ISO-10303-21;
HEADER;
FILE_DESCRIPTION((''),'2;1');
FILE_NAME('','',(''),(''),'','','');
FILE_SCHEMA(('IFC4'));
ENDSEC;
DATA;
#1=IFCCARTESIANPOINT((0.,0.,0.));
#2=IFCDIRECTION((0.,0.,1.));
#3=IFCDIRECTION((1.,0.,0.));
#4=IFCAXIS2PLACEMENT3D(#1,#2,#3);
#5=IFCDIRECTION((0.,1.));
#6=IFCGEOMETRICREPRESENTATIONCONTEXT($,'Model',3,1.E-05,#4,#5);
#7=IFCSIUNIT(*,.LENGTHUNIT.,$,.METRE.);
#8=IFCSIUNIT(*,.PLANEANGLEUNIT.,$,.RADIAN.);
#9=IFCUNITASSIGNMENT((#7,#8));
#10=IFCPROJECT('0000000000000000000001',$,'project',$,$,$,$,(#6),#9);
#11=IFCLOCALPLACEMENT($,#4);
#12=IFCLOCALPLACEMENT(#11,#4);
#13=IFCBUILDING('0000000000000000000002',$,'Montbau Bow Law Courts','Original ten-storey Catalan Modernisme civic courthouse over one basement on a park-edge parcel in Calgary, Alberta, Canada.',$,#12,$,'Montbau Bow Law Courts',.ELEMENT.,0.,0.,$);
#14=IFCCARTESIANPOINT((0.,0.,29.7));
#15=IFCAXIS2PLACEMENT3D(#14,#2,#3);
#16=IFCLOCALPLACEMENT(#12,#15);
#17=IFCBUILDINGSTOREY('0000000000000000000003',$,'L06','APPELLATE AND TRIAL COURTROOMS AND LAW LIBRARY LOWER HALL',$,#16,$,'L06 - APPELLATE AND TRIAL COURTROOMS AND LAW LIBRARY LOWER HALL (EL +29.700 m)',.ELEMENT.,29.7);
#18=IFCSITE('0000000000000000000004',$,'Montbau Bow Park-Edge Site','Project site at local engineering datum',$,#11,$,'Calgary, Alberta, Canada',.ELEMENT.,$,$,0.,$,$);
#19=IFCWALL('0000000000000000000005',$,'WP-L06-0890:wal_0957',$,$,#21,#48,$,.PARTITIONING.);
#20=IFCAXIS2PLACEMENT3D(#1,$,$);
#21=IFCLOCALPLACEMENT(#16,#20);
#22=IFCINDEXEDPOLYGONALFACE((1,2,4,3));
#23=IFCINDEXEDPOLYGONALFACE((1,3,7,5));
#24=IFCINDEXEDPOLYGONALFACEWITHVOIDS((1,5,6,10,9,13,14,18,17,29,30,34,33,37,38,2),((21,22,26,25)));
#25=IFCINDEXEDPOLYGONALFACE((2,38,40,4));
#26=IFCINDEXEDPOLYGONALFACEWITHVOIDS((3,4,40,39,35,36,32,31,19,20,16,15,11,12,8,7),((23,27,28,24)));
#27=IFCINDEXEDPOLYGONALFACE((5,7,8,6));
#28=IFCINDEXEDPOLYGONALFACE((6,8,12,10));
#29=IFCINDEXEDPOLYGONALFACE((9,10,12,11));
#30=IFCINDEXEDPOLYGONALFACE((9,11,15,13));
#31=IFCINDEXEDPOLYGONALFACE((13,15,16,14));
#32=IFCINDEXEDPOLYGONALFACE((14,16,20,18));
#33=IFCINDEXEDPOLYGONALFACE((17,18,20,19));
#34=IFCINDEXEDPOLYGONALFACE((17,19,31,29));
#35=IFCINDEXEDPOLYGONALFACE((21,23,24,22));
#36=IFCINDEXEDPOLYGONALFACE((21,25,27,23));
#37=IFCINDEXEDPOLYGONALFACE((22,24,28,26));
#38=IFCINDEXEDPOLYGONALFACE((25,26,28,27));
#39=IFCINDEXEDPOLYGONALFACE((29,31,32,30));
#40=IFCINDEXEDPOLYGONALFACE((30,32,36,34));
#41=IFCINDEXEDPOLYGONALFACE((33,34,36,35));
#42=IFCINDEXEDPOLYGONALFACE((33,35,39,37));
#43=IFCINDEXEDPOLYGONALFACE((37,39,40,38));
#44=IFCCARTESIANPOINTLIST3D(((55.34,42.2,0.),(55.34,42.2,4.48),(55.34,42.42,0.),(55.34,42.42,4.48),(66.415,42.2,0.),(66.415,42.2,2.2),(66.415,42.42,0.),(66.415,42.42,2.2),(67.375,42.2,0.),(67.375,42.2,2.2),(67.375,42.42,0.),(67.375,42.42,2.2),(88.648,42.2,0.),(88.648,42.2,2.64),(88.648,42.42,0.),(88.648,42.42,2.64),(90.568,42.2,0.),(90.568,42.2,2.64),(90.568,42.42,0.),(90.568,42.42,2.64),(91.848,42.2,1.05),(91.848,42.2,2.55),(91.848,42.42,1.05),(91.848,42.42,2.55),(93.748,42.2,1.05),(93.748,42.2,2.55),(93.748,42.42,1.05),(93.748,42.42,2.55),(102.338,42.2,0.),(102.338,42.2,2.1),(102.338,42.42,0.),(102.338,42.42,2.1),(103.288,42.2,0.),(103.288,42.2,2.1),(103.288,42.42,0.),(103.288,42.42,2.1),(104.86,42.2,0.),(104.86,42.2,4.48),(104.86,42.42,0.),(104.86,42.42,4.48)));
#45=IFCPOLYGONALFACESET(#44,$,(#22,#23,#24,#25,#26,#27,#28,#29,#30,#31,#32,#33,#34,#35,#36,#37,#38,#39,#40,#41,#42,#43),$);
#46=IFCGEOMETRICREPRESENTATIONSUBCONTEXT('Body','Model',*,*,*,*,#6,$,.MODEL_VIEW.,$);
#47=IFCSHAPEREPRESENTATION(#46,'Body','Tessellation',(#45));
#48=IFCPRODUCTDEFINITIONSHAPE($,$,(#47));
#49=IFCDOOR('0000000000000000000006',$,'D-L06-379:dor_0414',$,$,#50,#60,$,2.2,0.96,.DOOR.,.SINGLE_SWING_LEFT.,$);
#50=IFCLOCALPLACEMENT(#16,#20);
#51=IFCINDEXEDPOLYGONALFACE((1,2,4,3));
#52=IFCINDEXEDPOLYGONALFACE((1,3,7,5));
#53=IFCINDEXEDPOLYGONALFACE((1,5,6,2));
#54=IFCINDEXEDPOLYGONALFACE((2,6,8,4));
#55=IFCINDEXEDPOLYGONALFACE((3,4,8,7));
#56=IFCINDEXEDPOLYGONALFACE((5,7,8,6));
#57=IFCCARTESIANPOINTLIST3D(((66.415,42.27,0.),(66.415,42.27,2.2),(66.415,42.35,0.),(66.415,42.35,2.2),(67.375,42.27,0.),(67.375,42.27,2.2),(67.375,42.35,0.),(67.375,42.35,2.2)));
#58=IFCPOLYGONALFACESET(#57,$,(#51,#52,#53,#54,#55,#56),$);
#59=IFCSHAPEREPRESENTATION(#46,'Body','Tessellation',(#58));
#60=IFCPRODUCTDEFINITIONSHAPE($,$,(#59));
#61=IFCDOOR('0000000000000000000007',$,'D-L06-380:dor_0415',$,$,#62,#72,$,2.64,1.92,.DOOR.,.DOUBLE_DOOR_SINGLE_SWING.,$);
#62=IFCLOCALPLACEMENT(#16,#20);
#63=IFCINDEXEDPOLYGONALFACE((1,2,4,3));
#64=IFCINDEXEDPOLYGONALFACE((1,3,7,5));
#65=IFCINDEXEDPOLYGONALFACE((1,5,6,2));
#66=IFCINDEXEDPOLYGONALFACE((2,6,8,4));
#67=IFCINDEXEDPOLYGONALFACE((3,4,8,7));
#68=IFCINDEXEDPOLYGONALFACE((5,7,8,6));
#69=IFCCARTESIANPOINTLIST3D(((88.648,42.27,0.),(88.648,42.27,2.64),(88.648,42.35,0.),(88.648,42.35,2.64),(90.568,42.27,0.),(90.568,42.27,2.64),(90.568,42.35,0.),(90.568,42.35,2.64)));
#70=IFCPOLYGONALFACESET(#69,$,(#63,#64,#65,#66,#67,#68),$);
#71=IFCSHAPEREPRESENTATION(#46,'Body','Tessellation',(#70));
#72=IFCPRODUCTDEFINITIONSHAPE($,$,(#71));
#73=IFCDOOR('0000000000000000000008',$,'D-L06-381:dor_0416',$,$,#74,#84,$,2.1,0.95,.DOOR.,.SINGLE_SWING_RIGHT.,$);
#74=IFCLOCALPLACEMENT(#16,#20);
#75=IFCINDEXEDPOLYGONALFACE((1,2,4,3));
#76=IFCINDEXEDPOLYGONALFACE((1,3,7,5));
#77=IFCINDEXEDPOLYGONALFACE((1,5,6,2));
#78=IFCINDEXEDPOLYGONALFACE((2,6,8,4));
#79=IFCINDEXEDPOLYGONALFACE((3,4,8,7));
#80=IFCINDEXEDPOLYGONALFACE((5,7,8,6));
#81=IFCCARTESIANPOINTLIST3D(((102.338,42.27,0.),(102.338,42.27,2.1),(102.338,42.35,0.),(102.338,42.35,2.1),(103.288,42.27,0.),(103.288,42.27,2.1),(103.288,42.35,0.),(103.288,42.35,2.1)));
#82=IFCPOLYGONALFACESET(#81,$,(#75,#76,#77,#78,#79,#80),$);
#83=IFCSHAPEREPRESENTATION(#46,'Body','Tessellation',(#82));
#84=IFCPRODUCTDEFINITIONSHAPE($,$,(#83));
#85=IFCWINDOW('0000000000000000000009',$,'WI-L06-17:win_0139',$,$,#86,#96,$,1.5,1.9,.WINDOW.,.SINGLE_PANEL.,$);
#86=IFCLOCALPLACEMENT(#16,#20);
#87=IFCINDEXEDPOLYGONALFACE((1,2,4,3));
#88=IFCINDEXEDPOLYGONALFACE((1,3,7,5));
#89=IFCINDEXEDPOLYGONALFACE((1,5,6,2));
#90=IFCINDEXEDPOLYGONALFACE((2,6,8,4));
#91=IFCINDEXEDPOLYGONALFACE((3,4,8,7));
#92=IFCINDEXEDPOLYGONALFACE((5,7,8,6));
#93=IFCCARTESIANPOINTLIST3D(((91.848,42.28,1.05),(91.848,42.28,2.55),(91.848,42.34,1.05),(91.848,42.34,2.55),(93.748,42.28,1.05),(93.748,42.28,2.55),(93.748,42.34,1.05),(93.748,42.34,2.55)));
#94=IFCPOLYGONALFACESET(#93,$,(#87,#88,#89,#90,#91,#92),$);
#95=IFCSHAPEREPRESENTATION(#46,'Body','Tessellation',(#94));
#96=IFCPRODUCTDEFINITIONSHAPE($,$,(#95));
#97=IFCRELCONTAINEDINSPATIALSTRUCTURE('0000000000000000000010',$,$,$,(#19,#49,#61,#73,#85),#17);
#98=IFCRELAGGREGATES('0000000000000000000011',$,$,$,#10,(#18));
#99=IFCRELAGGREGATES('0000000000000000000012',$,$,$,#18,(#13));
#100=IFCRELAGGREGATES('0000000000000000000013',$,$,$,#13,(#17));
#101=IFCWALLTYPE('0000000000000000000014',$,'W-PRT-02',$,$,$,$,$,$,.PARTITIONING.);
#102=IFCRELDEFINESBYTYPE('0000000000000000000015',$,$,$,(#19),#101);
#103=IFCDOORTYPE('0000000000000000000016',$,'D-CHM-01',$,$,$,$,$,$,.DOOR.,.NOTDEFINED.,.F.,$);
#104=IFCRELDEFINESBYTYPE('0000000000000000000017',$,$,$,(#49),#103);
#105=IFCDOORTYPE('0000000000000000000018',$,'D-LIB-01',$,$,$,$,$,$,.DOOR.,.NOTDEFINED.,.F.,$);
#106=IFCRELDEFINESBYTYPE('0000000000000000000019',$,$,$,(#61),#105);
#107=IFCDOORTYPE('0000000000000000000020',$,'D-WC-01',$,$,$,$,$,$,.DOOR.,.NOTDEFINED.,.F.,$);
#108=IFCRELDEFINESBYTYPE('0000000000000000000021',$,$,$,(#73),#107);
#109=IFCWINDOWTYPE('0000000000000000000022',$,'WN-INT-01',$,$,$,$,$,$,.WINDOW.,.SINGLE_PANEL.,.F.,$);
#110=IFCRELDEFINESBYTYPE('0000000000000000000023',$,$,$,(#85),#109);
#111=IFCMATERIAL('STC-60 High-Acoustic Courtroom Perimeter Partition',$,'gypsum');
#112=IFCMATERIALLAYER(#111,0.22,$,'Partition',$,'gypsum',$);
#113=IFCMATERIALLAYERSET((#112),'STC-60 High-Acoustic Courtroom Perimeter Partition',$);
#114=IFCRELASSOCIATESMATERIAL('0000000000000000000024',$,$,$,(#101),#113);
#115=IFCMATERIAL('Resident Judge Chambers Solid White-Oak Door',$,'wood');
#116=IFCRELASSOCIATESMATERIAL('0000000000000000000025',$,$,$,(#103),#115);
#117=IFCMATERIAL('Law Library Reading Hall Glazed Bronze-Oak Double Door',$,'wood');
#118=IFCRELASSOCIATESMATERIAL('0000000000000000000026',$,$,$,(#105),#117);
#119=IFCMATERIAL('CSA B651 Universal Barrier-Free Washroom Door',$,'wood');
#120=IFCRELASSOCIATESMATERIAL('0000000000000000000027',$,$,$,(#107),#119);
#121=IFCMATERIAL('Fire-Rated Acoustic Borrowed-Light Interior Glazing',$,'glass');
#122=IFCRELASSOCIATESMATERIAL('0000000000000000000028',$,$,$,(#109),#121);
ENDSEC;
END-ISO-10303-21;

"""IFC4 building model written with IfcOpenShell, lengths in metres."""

from ifc_helpers import new_model, si_unit, direction, frame, frame_2d, origin_with_axes, place, context, subcontext, project, spatial, rectangle, extrude, material, layer, layer_set, type_object, element, fill, save


model = new_model("IFC4")

# Units and contexts
model_context = context("Model", 3, precision=1e-05, world=origin_with_axes(), true_north=direction((0.0, 1.0)))
body_context = subcontext(model_context, "Body", "Model", "MODEL_VIEW")
ifc_project = project(units=[si_unit("LENGTHUNIT", "METRE"), si_unit("PLANEANGLEUNIT", "RADIAN")], contexts=[model_context])

# Site, building, storey
site_placement = place(None, origin_with_axes())
site = spatial("IfcSite", under=ifc_project, at=site_placement, Name="Montbau Bow Park-Edge Site", Description="Project site at local engineering datum", LongName="Calgary, Alberta, Canada", CompositionType="ELEMENT", RefElevation=0.0)
building_placement = place(site_placement, origin_with_axes())
building = spatial("IfcBuilding", under=site, at=building_placement, Name="Montbau Bow Law Courts", Description="Original ten-storey Catalan Modernisme civic courthouse over one basement on a park-edge parcel in Calgary, Alberta, Canada.", LongName="Montbau Bow Law Courts", CompositionType="ELEMENT", ElevationOfRefHeight=0.0, ElevationOfTerrain=0.0)
storey_placement = place(building_placement, frame((0.0, 0.0, 29.7), z_axis=(0.0, 0.0, 1.0), x_axis=(1.0, 0.0, 0.0)))
storey = spatial("IfcBuildingStorey", under=building, at=storey_placement, Name="L06", Description="APPELLATE AND TRIAL COURTROOMS AND LAW LIBRARY LOWER HALL", LongName="L06 - APPELLATE AND TRIAL COURTROOMS AND LAW LIBRARY LOWER HALL (EL +29.700 m)", CompositionType="ELEMENT", Elevation=29.7)

# Wall, openings, doors, window
ifc_material_1 = material(Name="STC-60 High-Acoustic Courtroom Perimeter Partition", Category="gypsum")
ifc_layer_1 = layer(ifc_material_1, 0.22, Name="Partition", Category="gypsum")
ifc_layer_set_1 = layer_set([ifc_layer_1], Name="STC-60 High-Acoustic Courtroom Perimeter Partition")
wall_type = type_object("IfcWallType", Name="W-PRT-02", PredefinedType="PARTITIONING", material=ifc_layer_set_1)
wall_placement = place(None, frame((55.34, 42.31, 29.7), z_axis=(0.0, 0.0, 1.0), x_axis=(1.0, 0.0, 0.0)))
wall = element("IfcWall", 1, at=wall_placement, inside=storey, type_object=wall_type, Name="WP-L06-0890:wal_0957", PredefinedType="PARTITIONING", context=body_context, shape_type="SweptSolid", body=[
    extrude(rectangle(XDim=49.52, YDim=0.22, at=frame_2d((24.76, 0.0), x_axis=(1.0, 0.0))), origin_with_axes(), (0.0, 0.0, 1.0), 4.48),
])
opening_1_placement = place(None, frame((66.895, 42.31, 29.7), z_axis=(0.0, 0.0, 1.0), x_axis=(1.0, 0.0, 0.0)))
opening_1 = element("IfcOpeningElement", 2, at=opening_1_placement, cuts=wall, PredefinedType="OPENING", context=body_context, shape_type="SweptSolid", body=[
    extrude(rectangle(XDim=0.96, YDim=2.2, at=frame_2d((0.0, 1.1), x_axis=(1.0, 0.0))), frame((0.0, 0.12, 0.0), z_axis=(0.0, -1.0, 0.0), x_axis=(1.0, 0.0, 0.0)), (0.0, 0.0, 1.0), 0.24),
])
opening_2_placement = place(None, frame((89.608, 42.31, 29.7), z_axis=(0.0, 0.0, 1.0), x_axis=(1.0, 0.0, 0.0)))
opening_2 = element("IfcOpeningElement", 3, at=opening_2_placement, cuts=wall, PredefinedType="OPENING", context=body_context, shape_type="SweptSolid", body=[
    extrude(rectangle(XDim=1.92, YDim=2.64, at=frame_2d((0.0, 1.32), x_axis=(1.0, 0.0))), frame((0.0, 0.12, 0.0), z_axis=(0.0, -1.0, 0.0), x_axis=(1.0, 0.0, 0.0)), (0.0, 0.0, 1.0), 0.24),
])
opening_3_placement = place(None, frame((102.813, 42.31, 29.7), z_axis=(0.0, 0.0, 1.0), x_axis=(1.0, 0.0, 0.0)))
opening_3 = element("IfcOpeningElement", 4, at=opening_3_placement, cuts=wall, PredefinedType="OPENING", context=body_context, shape_type="SweptSolid", body=[
    extrude(rectangle(XDim=0.95, YDim=2.1, at=frame_2d((0.0, 1.05), x_axis=(1.0, 0.0))), frame((0.0, 0.12, 0.0), z_axis=(0.0, -1.0, 0.0), x_axis=(1.0, 0.0, 0.0)), (0.0, 0.0, 1.0), 0.24),
])
opening_4_placement = place(None, frame((92.798, 42.31, 30.75), z_axis=(0.0, 0.0, 1.0), x_axis=(1.0, 0.0, 0.0)))
opening_4 = element("IfcOpeningElement", 5, at=opening_4_placement, cuts=wall, PredefinedType="OPENING", context=body_context, shape_type="SweptSolid", body=[
    extrude(rectangle(XDim=1.9, YDim=1.5, at=frame_2d((0.0, 0.75), x_axis=(1.0, 0.0))), frame((0.0, 0.12, 0.0), z_axis=(0.0, -1.0, 0.0), x_axis=(1.0, 0.0, 0.0)), (0.0, 0.0, 1.0), 0.24),
])
ifc_material_2 = material(Name="Resident Judge Chambers Solid White-Oak Door", Category="wood")
door_type_1 = type_object("IfcDoorType", Name="D-CHM-01", OperationType="NOTDEFINED", ParameterTakesPrecedence=False, PredefinedType="DOOR", material=ifc_material_2)
door_1_placement = place(None, frame((66.895, 42.31, 29.7), z_axis=(0.0, 0.0, 1.0), x_axis=(1.0, 0.0, 0.0)))
door_1 = element("IfcDoor", 6, at=door_1_placement, inside=storey, type_object=door_type_1, Name="D-L06-379:dor_0414", OperationType="SINGLE_SWING_LEFT", OverallHeight=2.2, OverallWidth=0.96, PredefinedType="DOOR", context=body_context, shape_type="SweptSolid", body=[
    extrude(rectangle(XDim=0.96, YDim=2.2, at=frame_2d((0.0, 1.1), x_axis=(1.0, 0.0))), frame((0.0, 0.04, 0.0), z_axis=(0.0, -1.0, 0.0), x_axis=(1.0, 0.0, 0.0)), (0.0, 0.0, 1.0), 0.08),
])
fill(opening_1, door_1)
ifc_material_3 = material(Name="Law Library Reading Hall Glazed Bronze-Oak Double Door", Category="wood")
door_type_2 = type_object("IfcDoorType", Name="D-LIB-01", OperationType="NOTDEFINED", ParameterTakesPrecedence=False, PredefinedType="DOOR", material=ifc_material_3)
door_2_placement = place(None, frame((89.608, 42.31, 29.7), z_axis=(0.0, 0.0, 1.0), x_axis=(1.0, 0.0, 0.0)))
door_2 = element("IfcDoor", 7, at=door_2_placement, inside=storey, type_object=door_type_2, Name="D-L06-380:dor_0415", OperationType="DOUBLE_DOOR_SINGLE_SWING", OverallHeight=2.64, OverallWidth=1.92, PredefinedType="DOOR", context=body_context, shape_type="SweptSolid", body=[
    extrude(rectangle(XDim=1.92, YDim=2.64, at=frame_2d((0.0, 1.32), x_axis=(1.0, 0.0))), frame((0.0, 0.04, 0.0), z_axis=(0.0, -1.0, 0.0), x_axis=(1.0, 0.0, 0.0)), (0.0, 0.0, 1.0), 0.08),
])
fill(opening_2, door_2)
ifc_material_4 = material(Name="CSA B651 Universal Barrier-Free Washroom Door", Category="wood")
door_type_3 = type_object("IfcDoorType", Name="D-WC-01", OperationType="NOTDEFINED", ParameterTakesPrecedence=False, PredefinedType="DOOR", material=ifc_material_4)
door_3_placement = place(None, frame((102.813, 42.31, 29.7), z_axis=(0.0, 0.0, 1.0), x_axis=(1.0, 0.0, 0.0)))
door_3 = element("IfcDoor", 8, at=door_3_placement, inside=storey, type_object=door_type_3, Name="D-L06-381:dor_0416", OperationType="SINGLE_SWING_RIGHT", OverallHeight=2.1, OverallWidth=0.95, PredefinedType="DOOR", context=body_context, shape_type="SweptSolid", body=[
    extrude(rectangle(XDim=0.95, YDim=2.1, at=frame_2d((0.0, 1.05), x_axis=(1.0, 0.0))), frame((0.0, 0.04, 0.0), z_axis=(0.0, -1.0, 0.0), x_axis=(1.0, 0.0, 0.0)), (0.0, 0.0, 1.0), 0.08),
])
fill(opening_3, door_3)
ifc_material_5 = material(Name="Fire-Rated Acoustic Borrowed-Light Interior Glazing", Category="glass")
window_type = type_object("IfcWindowType", Name="WN-INT-01", ParameterTakesPrecedence=False, PartitioningType="SINGLE_PANEL", PredefinedType="WINDOW", material=ifc_material_5)
window_placement = place(None, frame((92.798, 42.31, 30.75), z_axis=(0.0, 0.0, 1.0), x_axis=(1.0, 0.0, 0.0)))
window = element("IfcWindow", 9, at=window_placement, inside=storey, type_object=window_type, Name="WI-L06-17:win_0139", OverallHeight=1.5, OverallWidth=1.9, PartitioningType="SINGLE_PANEL", PredefinedType="WINDOW", context=body_context, shape_type="SweptSolid", body=[
    extrude(rectangle(XDim=1.9, YDim=1.5, at=frame_2d((0.0, 0.75), x_axis=(1.0, 0.0))), frame((0.0, 0.03, 0.0), z_axis=(0.0, -1.0, 0.0), x_axis=(1.0, 0.0, 0.0)), (0.0, 0.0, 1.0), 0.06),
])
fill(opening_4, window)

save(model, "model.ifc")
